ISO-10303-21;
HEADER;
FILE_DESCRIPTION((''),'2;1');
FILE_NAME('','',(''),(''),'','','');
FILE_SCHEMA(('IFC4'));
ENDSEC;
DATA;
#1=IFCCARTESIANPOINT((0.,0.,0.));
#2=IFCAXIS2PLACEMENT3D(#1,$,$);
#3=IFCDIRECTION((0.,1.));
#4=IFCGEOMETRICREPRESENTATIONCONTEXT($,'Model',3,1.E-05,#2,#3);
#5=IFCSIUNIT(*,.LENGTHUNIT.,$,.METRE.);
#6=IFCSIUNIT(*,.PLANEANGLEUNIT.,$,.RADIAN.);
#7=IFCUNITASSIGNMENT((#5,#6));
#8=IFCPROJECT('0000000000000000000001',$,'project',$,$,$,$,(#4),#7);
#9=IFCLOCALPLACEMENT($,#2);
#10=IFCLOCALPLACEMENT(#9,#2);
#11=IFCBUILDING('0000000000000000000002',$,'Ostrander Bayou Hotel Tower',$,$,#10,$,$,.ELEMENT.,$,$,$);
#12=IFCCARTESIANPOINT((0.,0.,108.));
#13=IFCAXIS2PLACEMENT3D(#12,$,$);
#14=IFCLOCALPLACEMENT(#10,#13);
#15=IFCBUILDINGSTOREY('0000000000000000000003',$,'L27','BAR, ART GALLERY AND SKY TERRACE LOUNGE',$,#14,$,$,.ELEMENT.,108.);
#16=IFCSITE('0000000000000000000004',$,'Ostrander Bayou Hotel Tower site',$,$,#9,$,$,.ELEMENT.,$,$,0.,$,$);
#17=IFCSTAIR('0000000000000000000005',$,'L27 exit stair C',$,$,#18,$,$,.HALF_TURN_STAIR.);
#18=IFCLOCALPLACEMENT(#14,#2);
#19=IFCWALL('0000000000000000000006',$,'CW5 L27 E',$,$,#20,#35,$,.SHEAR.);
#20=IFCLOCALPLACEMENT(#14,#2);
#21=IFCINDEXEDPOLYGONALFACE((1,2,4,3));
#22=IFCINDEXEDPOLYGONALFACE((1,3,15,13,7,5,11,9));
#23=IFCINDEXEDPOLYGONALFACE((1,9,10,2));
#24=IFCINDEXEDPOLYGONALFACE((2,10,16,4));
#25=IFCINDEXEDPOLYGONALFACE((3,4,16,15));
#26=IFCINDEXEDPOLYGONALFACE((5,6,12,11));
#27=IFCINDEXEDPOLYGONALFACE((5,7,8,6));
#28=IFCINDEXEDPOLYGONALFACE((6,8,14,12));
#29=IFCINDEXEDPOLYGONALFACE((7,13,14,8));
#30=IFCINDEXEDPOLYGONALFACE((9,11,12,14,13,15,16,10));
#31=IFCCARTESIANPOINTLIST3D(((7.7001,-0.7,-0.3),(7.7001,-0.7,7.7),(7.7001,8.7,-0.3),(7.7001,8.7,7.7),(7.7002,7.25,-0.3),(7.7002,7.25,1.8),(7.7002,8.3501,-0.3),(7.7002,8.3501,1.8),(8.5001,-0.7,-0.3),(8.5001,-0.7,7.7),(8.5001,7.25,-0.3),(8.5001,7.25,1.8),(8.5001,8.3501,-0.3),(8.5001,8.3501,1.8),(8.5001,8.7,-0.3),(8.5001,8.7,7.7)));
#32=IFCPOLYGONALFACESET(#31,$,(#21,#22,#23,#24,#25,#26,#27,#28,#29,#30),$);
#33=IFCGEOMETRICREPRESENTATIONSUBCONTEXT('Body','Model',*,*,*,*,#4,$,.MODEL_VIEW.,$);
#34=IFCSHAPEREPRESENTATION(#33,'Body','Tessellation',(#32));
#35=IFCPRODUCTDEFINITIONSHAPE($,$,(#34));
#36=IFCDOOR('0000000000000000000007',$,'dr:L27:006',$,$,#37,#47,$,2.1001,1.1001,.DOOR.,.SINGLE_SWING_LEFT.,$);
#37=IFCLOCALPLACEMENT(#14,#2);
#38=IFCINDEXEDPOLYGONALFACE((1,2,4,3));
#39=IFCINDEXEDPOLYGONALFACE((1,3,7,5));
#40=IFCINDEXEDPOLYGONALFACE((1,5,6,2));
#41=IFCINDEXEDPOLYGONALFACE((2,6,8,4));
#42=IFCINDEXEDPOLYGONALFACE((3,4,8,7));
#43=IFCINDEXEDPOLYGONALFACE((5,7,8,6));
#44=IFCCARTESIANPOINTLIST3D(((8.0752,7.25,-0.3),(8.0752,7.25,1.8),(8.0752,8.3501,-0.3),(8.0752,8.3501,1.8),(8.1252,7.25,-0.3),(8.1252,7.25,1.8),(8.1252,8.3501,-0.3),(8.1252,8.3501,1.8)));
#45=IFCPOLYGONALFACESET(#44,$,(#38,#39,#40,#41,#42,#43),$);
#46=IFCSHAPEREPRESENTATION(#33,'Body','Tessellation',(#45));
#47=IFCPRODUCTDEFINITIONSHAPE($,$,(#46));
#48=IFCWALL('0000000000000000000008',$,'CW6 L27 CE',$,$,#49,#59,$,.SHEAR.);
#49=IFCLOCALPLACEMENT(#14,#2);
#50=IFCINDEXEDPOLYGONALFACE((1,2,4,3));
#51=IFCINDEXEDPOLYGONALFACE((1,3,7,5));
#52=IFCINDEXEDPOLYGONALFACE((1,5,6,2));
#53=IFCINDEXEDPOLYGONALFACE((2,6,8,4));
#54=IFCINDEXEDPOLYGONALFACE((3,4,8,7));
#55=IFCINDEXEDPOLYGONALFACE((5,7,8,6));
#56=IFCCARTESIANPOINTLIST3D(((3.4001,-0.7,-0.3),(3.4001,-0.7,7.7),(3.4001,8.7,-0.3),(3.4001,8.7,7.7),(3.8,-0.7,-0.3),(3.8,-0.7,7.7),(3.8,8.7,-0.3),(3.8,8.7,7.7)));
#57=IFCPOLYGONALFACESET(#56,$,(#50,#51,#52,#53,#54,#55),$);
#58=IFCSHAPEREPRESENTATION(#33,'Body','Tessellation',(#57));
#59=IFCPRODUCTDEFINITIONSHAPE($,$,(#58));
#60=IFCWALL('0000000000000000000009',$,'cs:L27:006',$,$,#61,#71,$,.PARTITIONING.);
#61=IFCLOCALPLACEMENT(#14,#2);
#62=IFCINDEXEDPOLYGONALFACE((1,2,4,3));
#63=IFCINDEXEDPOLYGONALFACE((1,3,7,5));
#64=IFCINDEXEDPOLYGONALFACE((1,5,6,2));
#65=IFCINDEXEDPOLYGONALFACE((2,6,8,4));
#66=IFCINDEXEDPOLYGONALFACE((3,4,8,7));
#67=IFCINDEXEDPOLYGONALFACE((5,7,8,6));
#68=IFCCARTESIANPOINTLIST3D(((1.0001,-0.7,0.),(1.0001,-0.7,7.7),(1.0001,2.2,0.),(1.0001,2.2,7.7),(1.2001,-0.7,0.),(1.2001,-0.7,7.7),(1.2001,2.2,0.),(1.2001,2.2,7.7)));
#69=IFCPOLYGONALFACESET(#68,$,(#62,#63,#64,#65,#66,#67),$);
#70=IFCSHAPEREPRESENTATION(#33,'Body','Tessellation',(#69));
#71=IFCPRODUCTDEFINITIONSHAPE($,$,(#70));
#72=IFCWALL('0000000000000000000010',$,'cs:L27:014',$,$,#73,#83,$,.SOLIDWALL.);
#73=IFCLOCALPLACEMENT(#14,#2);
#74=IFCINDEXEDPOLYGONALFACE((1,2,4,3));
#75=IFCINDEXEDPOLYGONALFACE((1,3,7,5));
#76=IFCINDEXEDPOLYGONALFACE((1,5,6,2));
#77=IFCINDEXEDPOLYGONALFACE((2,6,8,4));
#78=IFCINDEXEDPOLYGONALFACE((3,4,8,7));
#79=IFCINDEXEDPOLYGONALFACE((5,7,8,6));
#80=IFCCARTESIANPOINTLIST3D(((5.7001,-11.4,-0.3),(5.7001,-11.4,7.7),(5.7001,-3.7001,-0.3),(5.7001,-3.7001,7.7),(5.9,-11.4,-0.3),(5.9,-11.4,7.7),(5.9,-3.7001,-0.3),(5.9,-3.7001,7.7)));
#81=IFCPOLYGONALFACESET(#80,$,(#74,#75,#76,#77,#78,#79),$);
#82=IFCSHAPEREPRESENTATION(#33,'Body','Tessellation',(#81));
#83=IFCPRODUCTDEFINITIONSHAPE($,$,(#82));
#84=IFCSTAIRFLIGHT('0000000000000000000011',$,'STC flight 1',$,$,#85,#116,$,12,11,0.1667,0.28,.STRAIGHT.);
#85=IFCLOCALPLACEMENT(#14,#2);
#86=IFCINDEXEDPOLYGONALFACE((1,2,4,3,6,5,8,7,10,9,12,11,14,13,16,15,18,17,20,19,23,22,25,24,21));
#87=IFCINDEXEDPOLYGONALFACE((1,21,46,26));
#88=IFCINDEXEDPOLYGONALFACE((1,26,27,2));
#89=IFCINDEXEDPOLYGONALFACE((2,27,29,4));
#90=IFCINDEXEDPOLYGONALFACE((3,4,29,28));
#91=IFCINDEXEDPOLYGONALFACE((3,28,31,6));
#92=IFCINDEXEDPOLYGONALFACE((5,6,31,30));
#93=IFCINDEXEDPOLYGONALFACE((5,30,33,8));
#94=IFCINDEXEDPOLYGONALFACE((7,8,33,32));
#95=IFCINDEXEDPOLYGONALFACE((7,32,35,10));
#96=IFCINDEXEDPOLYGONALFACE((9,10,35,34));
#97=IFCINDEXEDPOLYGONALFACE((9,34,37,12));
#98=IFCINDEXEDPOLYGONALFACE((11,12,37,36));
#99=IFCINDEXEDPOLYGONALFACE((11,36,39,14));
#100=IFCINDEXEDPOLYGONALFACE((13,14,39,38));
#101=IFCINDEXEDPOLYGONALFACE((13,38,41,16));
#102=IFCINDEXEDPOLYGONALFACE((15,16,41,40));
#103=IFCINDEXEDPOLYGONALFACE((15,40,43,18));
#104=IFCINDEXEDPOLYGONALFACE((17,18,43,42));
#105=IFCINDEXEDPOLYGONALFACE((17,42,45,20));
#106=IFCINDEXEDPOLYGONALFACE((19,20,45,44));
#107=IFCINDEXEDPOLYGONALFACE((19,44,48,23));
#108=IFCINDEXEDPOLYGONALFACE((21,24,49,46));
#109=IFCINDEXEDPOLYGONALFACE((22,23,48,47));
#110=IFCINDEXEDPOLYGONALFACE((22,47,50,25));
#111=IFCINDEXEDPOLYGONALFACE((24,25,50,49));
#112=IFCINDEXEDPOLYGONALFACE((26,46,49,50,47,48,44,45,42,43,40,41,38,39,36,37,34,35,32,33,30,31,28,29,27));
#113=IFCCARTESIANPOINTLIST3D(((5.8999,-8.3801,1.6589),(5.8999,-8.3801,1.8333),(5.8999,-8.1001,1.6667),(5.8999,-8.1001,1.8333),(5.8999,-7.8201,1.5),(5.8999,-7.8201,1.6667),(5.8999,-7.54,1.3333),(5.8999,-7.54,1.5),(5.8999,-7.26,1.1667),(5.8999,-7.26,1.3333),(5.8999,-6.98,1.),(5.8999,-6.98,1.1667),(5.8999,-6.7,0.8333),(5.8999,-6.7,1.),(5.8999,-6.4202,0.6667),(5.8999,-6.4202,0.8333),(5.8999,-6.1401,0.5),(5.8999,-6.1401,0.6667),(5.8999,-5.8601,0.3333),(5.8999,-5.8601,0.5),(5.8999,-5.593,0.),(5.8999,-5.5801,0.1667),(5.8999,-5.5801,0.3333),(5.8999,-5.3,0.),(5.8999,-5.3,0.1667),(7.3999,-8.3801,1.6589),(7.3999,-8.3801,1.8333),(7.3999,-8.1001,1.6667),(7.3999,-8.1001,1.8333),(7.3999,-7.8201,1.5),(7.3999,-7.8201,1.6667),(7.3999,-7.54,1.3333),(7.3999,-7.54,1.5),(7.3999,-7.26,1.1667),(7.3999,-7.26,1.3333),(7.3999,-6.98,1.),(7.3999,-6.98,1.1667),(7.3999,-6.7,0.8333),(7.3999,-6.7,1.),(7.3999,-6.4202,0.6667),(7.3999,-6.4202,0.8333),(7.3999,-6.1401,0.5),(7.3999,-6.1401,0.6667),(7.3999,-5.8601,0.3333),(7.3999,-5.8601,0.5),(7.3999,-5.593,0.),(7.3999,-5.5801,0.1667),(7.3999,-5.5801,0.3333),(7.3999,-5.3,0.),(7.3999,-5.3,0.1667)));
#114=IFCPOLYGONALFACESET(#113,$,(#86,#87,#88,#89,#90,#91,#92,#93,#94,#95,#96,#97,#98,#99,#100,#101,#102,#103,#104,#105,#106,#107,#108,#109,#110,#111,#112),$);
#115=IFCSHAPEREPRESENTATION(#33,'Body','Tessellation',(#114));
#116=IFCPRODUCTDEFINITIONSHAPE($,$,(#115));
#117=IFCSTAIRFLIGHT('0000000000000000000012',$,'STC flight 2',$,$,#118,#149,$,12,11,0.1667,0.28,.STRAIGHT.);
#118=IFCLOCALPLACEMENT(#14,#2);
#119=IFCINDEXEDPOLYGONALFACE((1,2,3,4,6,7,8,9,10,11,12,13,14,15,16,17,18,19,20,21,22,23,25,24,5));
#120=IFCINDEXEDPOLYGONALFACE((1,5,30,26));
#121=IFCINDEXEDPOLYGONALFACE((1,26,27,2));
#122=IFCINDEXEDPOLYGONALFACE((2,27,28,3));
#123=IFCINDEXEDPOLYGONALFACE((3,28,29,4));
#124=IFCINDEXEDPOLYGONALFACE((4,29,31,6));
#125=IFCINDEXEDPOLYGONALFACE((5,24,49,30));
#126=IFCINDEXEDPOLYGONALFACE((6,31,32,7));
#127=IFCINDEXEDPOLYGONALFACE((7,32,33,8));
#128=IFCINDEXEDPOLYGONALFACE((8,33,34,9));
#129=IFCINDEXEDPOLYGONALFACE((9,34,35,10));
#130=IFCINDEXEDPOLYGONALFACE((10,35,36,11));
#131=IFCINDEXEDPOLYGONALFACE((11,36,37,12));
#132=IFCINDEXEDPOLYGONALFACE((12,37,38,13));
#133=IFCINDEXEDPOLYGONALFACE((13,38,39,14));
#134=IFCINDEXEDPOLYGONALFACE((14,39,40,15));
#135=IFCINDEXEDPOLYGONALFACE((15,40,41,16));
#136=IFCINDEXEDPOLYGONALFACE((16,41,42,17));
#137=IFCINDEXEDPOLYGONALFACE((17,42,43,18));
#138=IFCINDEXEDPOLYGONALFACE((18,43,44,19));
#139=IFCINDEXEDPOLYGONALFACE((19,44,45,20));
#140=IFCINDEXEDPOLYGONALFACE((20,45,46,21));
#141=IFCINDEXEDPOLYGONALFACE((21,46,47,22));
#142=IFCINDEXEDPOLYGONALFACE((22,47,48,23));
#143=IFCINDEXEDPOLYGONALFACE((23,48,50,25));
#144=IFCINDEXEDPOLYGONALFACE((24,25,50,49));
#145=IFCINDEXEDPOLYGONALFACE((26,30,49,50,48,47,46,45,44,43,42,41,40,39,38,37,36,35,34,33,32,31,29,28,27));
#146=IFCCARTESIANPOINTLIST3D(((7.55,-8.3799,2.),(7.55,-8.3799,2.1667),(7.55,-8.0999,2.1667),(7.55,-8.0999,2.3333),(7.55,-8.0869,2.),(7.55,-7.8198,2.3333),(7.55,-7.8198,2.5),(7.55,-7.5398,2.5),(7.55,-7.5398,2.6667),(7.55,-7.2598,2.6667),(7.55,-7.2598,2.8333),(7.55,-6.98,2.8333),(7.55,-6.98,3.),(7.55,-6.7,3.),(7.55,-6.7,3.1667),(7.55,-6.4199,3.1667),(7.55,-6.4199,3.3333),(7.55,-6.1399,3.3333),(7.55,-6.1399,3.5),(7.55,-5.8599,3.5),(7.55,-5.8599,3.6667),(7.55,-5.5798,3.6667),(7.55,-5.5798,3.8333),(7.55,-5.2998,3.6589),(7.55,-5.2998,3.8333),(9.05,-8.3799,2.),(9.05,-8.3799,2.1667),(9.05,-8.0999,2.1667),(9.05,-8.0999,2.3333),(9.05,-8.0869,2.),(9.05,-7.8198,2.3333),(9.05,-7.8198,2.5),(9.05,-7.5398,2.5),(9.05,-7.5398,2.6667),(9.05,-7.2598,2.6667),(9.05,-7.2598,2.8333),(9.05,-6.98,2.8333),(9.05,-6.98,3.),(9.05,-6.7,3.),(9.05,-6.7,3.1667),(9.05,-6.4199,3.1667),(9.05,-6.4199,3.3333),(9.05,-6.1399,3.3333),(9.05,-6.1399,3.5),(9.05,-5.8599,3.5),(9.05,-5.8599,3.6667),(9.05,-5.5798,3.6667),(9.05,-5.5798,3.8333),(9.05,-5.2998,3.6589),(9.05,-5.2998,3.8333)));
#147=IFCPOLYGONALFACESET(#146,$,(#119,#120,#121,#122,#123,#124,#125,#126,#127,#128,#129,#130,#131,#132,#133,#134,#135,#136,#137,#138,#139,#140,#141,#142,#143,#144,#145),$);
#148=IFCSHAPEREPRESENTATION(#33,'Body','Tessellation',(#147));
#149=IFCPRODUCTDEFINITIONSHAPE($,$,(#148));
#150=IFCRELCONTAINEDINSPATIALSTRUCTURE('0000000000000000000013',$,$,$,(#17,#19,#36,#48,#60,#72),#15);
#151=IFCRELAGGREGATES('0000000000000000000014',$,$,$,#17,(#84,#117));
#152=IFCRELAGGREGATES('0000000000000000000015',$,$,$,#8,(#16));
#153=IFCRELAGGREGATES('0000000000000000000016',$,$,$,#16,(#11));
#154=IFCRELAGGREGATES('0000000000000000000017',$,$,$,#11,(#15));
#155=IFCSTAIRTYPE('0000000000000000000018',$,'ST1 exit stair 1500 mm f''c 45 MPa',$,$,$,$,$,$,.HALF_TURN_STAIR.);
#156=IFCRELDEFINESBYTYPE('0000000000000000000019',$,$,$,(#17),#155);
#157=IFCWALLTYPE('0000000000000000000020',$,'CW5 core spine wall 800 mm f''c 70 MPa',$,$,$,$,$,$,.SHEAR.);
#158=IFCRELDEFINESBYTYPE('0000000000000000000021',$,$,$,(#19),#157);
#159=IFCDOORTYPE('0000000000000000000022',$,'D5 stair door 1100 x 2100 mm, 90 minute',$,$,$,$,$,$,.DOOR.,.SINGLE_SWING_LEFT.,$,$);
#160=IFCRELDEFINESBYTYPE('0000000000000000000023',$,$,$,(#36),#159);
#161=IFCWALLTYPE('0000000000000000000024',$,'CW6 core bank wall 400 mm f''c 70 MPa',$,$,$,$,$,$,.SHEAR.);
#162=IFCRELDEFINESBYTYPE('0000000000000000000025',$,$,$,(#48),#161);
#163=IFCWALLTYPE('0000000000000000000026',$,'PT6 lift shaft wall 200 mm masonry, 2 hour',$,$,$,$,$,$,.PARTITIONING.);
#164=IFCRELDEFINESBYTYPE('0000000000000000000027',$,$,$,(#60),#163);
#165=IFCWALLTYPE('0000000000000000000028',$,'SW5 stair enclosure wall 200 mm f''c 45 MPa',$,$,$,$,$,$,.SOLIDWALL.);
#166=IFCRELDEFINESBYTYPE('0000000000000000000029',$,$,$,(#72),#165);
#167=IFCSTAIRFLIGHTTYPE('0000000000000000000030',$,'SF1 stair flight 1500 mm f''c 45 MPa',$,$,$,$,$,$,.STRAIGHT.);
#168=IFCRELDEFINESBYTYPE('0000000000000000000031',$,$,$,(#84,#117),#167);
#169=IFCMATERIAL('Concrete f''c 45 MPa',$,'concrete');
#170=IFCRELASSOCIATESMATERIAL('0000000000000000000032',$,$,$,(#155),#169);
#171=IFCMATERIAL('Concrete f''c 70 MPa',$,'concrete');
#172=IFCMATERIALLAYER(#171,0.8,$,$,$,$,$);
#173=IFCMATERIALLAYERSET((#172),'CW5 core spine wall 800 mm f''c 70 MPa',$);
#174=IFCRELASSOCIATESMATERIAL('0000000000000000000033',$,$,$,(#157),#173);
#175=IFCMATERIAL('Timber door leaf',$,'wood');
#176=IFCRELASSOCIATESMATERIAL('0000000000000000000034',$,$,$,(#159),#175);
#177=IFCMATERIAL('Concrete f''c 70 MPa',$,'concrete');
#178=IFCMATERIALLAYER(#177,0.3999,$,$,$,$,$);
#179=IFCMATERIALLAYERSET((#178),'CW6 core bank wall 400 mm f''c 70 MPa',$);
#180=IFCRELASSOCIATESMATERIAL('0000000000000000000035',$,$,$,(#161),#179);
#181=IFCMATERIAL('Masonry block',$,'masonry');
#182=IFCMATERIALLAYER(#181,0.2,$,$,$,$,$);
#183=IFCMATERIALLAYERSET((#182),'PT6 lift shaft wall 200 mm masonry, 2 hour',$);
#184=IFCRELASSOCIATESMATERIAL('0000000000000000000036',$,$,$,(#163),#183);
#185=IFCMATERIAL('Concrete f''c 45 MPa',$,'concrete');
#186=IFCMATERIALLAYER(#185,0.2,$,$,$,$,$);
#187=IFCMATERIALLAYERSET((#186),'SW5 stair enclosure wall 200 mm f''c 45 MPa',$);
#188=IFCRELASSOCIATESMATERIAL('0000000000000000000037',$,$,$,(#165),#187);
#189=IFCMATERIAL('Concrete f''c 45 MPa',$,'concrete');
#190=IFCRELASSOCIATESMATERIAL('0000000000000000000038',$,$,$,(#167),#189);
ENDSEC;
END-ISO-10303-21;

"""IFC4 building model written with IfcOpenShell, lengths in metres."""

from ifc_helpers import new_model, si_unit, direction, frame, frame_2d, origin, place, context, subcontext, project, spatial, polyline, rectangle, outline, extrude, material, layer, layer_set, type_object, element, fill, aggregate, save


model = new_model("IFC4")

# Units and contexts
model_context = context("Model", 3, precision=1e-05, world=origin(), true_north=direction((0.0, 1.0)))
body_context = subcontext(model_context, "Body", "Model", "MODEL_VIEW")
ifc_project = project(units=[si_unit("LENGTHUNIT", "METRE"), si_unit("PLANEANGLEUNIT", "RADIAN")], contexts=[model_context])

# Site, building, storey
site_placement = place(None, origin())
site = spatial("IfcSite", under=ifc_project, at=site_placement, Name="Ostrander Bayou Hotel Tower site", CompositionType="ELEMENT", RefElevation=0.0)
building_placement = place(site_placement, origin())
building = spatial("IfcBuilding", under=site, at=building_placement, Name="Ostrander Bayou Hotel Tower", CompositionType="ELEMENT")
storey_placement = place(building_placement, frame((0.0, 0.0, 108.0)))
storey = spatial("IfcBuildingStorey", under=building, at=storey_placement, Name="L27", Description="BAR, ART GALLERY AND SKY TERRACE LOUNGE", CompositionType="ELEMENT", Elevation=108.0)

# Stair
ifc_material_1 = material(Name="Concrete f'c 45 MPa", Category="concrete")
stair_type = type_object("IfcStairType", Name="ST1 exit stair 1500 mm f'c 45 MPa", PredefinedType="HALF_TURN_STAIR", material=ifc_material_1)
stair_1_placement = place(storey_placement, origin())
stair_1 = element("IfcStair", 1, at=stair_1_placement, inside=storey, type_object=stair_type, Name="L27 exit stair C", PredefinedType="HALF_TURN_STAIR")

# Wall, opening, door
ifc_material_2 = material(Name="Concrete f'c 70 MPa", Category="concrete")
ifc_layer_1 = layer(ifc_material_2, 0.8)
ifc_layer_set_1 = layer_set([ifc_layer_1], Name="CW5 core spine wall 800 mm f'c 70 MPa")
wall_type_1 = type_object("IfcWallType", Name="CW5 core spine wall 800 mm f'c 70 MPa", PredefinedType="SHEAR", material=ifc_layer_set_1)
wall_1_placement = place(storey_placement, frame((8.1001, -0.7, -0.3), z_axis=(0.0, 0.0, 1.0), x_axis=(0.0, 1.0, 0.0)))
wall_1 = element("IfcWall", 2, at=wall_1_placement, inside=storey, type_object=wall_type_1, Name="CW5 L27 E", PredefinedType="SHEAR", context=body_context, shape_type="SweptSolid", body=[
    extrude(rectangle(XDim=9.3999, YDim=0.8, at=frame_2d((4.7, 0.0))), origin(), (0.0, 0.0, 1.0), 8.0),
])
opening_1_placement = place(wall_1_placement, frame((7.95, 0.0, 0.0)))
opening_1 = element("IfcOpeningElement", 3, at=opening_1_placement, cuts=wall_1, PredefinedType="OPENING", context=body_context, shape_type="SweptSolid", body=[
    extrude(rectangle(XDim=1.1001, YDim=2.1001, at=frame_2d((0.55, 1.05))), frame((0.0, 0.3999, 0.0), z_axis=(0.0, -1.0, 0.0), x_axis=(1.0, 0.0, 0.0)), (0.0, 0.0, 1.0), 0.8),
])
ifc_material_3 = material(Name="Timber door leaf", Category="wood")
door_type = type_object("IfcDoorType", Name="D5 stair door 1100 x 2100 mm, 90 minute", OperationType="SINGLE_SWING_LEFT", PredefinedType="DOOR", material=ifc_material_3)
door_1_placement = place(opening_1_placement, origin())
door_1 = element("IfcDoor", 4, at=door_1_placement, inside=storey, type_object=door_type, Name="dr:L27:006", OperationType="SINGLE_SWING_LEFT", OverallHeight=2.1001, OverallWidth=1.1001, PredefinedType="DOOR", context=body_context, shape_type="SweptSolid", body=[
    extrude(rectangle(XDim=1.1001, YDim=2.1001, at=frame_2d((0.55, 1.05))), frame((0.0, 0.0249, 0.0), z_axis=(0.0, -1.0, 0.0), x_axis=(1.0, 0.0, 0.0)), (0.0, 0.0, 1.0), 0.05),
])
fill(opening_1, door_1)

# Walls
ifc_material_4 = material(Name="Concrete f'c 70 MPa", Category="concrete")
ifc_layer_2 = layer(ifc_material_4, 0.3999)
ifc_layer_set_2 = layer_set([ifc_layer_2], Name="CW6 core bank wall 400 mm f'c 70 MPa")
wall_type_2 = type_object("IfcWallType", Name="CW6 core bank wall 400 mm f'c 70 MPa", PredefinedType="SHEAR", material=ifc_layer_set_2)
wall_2_placement = place(storey_placement, frame((3.6001, -0.7, -0.3), z_axis=(0.0, 0.0, 1.0), x_axis=(0.0, 1.0, 0.0)))
element("IfcWall", 5, at=wall_2_placement, inside=storey, type_object=wall_type_2, Name="CW6 L27 CE", PredefinedType="SHEAR", context=body_context, shape_type="SweptSolid", body=[
    extrude(rectangle(XDim=9.3999, YDim=0.3999, at=frame_2d((4.7, 0.0))), origin(), (0.0, 0.0, 1.0), 8.0),
])
ifc_material_5 = material(Name="Masonry block", Category="masonry")
ifc_layer_3 = layer(ifc_material_5, 0.2)
ifc_layer_set_3 = layer_set([ifc_layer_3], Name="PT6 lift shaft wall 200 mm masonry, 2 hour")
wall_type_3 = type_object("IfcWallType", Name="PT6 lift shaft wall 200 mm masonry, 2 hour", PredefinedType="PARTITIONING", material=ifc_layer_set_3)
wall_3_placement = place(storey_placement, frame((1.1001, -0.7, 0.0), z_axis=(0.0, 0.0, 1.0), x_axis=(0.0, 1.0, 0.0)))
element("IfcWall", 6, at=wall_3_placement, inside=storey, type_object=wall_type_3, Name="cs:L27:006", PredefinedType="PARTITIONING", context=body_context, shape_type="SweptSolid", body=[
    extrude(rectangle(XDim=2.8999, YDim=0.2, at=frame_2d((1.45, 0.0))), origin(), (0.0, 0.0, 1.0), 7.7),
])

# Shared definitions
ifc_material_6 = material(Name="Concrete f'c 45 MPa", Category="concrete")
ifc_layer_4 = layer(ifc_material_6, 0.2)
ifc_layer_set_4 = layer_set([ifc_layer_4], Name="SW5 stair enclosure wall 200 mm f'c 45 MPa")
wall_type_4 = type_object("IfcWallType", Name="SW5 stair enclosure wall 200 mm f'c 45 MPa", PredefinedType="SOLIDWALL", material=ifc_layer_set_4)

# Wall
wall_4_placement = place(storey_placement, frame((5.8, -3.7, -0.3), z_axis=(0.0, 0.0, 1.0), x_axis=(0.0, -1.0, 0.0)))
element("IfcWall", 7, at=wall_4_placement, inside=storey, type_object=wall_type_4, Name="cs:L27:014", PredefinedType="SOLIDWALL", context=body_context, shape_type="SweptSolid", body=[
    extrude(rectangle(XDim=7.7, YDim=0.2, at=frame_2d((3.8501, 0.0))), origin(), (0.0, 0.0, 1.0), 8.0),
])

# Stair flights
ifc_material_7 = material(Name="Concrete f'c 45 MPa", Category="concrete")
stair_flight_type = type_object("IfcStairFlightType", Name="SF1 stair flight 1500 mm f'c 45 MPa", PredefinedType="STRAIGHT", material=ifc_material_7)
stair_flight_1_placement = place(storey_placement, frame((6.6499, -5.3, 0.0), z_axis=(0.0, 0.0, 1.0), x_axis=(0.0, -1.0, 0.0)))
stair_flight_1 = element("IfcStairFlight", 8, at=stair_flight_1_placement, type_object=stair_flight_type, Name="STC flight 1", NumberOfRisers=12, NumberOfTreads=11, PredefinedType="STRAIGHT", RiserHeight=0.1667, TreadLength=0.28, context=body_context, shape_type="SweptSolid", body=[
    extrude(outline(polyline([(0.0, 0.0), (0.0, 0.1667), (0.28, 0.1667), (0.28, 0.3333), (0.5601, 0.3333), (0.5601, 0.5), (0.8401, 0.5), (0.8401, 0.6667), (1.1201, 0.6667), (1.1201, 0.8333), (1.3999, 0.8333), (1.3999, 1.0), (1.6799, 1.0), (1.6799, 1.1667), (1.96, 1.1667), (1.96, 1.3333), (2.24, 1.3333), (2.24, 1.5), (2.52, 1.5), (2.52, 1.6667), (2.8, 1.6667), (2.8, 1.8333), (3.0801, 1.8333), (3.0801, 2.0), (3.0801, 1.6589), (0.293, 0.0), (0.0, 0.0)])), frame((0.0, 0.75, 0.0), z_axis=(0.0, -1.0, 0.0), x_axis=(1.0, 0.0, 0.0)), (0.0, 0.0, 1.0), 1.5),
])
stair_flight_2_placement = place(storey_placement, frame((8.3, -8.3799, 2.0), z_axis=(0.0, 0.0, 1.0), x_axis=(0.0, 1.0, 0.0)))
stair_flight_2 = element("IfcStairFlight", 9, at=stair_flight_2_placement, type_object=stair_flight_type, Name="STC flight 2", NumberOfRisers=12, NumberOfTreads=11, PredefinedType="STRAIGHT", RiserHeight=0.1667, TreadLength=0.28, context=body_context, shape_type="SweptSolid", body=[
    extrude(outline(polyline([(0.0, 0.0), (0.0, 0.1667), (0.28, 0.1667), (0.28, 0.3333), (0.5601, 0.3333), (0.5601, 0.5), (0.8401, 0.5), (0.8401, 0.6667), (1.1201, 0.6667), (1.1201, 0.8333), (1.3999, 0.8333), (1.3999, 1.0), (1.6799, 1.0), (1.6799, 1.1667), (1.96, 1.1667), (1.96, 1.3333), (2.24, 1.3333), (2.24, 1.5), (2.52, 1.5), (2.52, 1.6667), (2.8, 1.6667), (2.8, 1.8333), (3.0801, 1.8333), (3.0801, 2.0), (3.0801, 1.6589), (0.293, 0.0), (0.0, 0.0)])), frame((0.0, 0.75, 0.0), z_axis=(0.0, -1.0, 0.0), x_axis=(1.0, 0.0, 0.0)), (0.0, 0.0, 1.0), 1.5),
])
aggregate(stair_1, [stair_flight_1, stair_flight_2])

save(model, "model.ifc")
